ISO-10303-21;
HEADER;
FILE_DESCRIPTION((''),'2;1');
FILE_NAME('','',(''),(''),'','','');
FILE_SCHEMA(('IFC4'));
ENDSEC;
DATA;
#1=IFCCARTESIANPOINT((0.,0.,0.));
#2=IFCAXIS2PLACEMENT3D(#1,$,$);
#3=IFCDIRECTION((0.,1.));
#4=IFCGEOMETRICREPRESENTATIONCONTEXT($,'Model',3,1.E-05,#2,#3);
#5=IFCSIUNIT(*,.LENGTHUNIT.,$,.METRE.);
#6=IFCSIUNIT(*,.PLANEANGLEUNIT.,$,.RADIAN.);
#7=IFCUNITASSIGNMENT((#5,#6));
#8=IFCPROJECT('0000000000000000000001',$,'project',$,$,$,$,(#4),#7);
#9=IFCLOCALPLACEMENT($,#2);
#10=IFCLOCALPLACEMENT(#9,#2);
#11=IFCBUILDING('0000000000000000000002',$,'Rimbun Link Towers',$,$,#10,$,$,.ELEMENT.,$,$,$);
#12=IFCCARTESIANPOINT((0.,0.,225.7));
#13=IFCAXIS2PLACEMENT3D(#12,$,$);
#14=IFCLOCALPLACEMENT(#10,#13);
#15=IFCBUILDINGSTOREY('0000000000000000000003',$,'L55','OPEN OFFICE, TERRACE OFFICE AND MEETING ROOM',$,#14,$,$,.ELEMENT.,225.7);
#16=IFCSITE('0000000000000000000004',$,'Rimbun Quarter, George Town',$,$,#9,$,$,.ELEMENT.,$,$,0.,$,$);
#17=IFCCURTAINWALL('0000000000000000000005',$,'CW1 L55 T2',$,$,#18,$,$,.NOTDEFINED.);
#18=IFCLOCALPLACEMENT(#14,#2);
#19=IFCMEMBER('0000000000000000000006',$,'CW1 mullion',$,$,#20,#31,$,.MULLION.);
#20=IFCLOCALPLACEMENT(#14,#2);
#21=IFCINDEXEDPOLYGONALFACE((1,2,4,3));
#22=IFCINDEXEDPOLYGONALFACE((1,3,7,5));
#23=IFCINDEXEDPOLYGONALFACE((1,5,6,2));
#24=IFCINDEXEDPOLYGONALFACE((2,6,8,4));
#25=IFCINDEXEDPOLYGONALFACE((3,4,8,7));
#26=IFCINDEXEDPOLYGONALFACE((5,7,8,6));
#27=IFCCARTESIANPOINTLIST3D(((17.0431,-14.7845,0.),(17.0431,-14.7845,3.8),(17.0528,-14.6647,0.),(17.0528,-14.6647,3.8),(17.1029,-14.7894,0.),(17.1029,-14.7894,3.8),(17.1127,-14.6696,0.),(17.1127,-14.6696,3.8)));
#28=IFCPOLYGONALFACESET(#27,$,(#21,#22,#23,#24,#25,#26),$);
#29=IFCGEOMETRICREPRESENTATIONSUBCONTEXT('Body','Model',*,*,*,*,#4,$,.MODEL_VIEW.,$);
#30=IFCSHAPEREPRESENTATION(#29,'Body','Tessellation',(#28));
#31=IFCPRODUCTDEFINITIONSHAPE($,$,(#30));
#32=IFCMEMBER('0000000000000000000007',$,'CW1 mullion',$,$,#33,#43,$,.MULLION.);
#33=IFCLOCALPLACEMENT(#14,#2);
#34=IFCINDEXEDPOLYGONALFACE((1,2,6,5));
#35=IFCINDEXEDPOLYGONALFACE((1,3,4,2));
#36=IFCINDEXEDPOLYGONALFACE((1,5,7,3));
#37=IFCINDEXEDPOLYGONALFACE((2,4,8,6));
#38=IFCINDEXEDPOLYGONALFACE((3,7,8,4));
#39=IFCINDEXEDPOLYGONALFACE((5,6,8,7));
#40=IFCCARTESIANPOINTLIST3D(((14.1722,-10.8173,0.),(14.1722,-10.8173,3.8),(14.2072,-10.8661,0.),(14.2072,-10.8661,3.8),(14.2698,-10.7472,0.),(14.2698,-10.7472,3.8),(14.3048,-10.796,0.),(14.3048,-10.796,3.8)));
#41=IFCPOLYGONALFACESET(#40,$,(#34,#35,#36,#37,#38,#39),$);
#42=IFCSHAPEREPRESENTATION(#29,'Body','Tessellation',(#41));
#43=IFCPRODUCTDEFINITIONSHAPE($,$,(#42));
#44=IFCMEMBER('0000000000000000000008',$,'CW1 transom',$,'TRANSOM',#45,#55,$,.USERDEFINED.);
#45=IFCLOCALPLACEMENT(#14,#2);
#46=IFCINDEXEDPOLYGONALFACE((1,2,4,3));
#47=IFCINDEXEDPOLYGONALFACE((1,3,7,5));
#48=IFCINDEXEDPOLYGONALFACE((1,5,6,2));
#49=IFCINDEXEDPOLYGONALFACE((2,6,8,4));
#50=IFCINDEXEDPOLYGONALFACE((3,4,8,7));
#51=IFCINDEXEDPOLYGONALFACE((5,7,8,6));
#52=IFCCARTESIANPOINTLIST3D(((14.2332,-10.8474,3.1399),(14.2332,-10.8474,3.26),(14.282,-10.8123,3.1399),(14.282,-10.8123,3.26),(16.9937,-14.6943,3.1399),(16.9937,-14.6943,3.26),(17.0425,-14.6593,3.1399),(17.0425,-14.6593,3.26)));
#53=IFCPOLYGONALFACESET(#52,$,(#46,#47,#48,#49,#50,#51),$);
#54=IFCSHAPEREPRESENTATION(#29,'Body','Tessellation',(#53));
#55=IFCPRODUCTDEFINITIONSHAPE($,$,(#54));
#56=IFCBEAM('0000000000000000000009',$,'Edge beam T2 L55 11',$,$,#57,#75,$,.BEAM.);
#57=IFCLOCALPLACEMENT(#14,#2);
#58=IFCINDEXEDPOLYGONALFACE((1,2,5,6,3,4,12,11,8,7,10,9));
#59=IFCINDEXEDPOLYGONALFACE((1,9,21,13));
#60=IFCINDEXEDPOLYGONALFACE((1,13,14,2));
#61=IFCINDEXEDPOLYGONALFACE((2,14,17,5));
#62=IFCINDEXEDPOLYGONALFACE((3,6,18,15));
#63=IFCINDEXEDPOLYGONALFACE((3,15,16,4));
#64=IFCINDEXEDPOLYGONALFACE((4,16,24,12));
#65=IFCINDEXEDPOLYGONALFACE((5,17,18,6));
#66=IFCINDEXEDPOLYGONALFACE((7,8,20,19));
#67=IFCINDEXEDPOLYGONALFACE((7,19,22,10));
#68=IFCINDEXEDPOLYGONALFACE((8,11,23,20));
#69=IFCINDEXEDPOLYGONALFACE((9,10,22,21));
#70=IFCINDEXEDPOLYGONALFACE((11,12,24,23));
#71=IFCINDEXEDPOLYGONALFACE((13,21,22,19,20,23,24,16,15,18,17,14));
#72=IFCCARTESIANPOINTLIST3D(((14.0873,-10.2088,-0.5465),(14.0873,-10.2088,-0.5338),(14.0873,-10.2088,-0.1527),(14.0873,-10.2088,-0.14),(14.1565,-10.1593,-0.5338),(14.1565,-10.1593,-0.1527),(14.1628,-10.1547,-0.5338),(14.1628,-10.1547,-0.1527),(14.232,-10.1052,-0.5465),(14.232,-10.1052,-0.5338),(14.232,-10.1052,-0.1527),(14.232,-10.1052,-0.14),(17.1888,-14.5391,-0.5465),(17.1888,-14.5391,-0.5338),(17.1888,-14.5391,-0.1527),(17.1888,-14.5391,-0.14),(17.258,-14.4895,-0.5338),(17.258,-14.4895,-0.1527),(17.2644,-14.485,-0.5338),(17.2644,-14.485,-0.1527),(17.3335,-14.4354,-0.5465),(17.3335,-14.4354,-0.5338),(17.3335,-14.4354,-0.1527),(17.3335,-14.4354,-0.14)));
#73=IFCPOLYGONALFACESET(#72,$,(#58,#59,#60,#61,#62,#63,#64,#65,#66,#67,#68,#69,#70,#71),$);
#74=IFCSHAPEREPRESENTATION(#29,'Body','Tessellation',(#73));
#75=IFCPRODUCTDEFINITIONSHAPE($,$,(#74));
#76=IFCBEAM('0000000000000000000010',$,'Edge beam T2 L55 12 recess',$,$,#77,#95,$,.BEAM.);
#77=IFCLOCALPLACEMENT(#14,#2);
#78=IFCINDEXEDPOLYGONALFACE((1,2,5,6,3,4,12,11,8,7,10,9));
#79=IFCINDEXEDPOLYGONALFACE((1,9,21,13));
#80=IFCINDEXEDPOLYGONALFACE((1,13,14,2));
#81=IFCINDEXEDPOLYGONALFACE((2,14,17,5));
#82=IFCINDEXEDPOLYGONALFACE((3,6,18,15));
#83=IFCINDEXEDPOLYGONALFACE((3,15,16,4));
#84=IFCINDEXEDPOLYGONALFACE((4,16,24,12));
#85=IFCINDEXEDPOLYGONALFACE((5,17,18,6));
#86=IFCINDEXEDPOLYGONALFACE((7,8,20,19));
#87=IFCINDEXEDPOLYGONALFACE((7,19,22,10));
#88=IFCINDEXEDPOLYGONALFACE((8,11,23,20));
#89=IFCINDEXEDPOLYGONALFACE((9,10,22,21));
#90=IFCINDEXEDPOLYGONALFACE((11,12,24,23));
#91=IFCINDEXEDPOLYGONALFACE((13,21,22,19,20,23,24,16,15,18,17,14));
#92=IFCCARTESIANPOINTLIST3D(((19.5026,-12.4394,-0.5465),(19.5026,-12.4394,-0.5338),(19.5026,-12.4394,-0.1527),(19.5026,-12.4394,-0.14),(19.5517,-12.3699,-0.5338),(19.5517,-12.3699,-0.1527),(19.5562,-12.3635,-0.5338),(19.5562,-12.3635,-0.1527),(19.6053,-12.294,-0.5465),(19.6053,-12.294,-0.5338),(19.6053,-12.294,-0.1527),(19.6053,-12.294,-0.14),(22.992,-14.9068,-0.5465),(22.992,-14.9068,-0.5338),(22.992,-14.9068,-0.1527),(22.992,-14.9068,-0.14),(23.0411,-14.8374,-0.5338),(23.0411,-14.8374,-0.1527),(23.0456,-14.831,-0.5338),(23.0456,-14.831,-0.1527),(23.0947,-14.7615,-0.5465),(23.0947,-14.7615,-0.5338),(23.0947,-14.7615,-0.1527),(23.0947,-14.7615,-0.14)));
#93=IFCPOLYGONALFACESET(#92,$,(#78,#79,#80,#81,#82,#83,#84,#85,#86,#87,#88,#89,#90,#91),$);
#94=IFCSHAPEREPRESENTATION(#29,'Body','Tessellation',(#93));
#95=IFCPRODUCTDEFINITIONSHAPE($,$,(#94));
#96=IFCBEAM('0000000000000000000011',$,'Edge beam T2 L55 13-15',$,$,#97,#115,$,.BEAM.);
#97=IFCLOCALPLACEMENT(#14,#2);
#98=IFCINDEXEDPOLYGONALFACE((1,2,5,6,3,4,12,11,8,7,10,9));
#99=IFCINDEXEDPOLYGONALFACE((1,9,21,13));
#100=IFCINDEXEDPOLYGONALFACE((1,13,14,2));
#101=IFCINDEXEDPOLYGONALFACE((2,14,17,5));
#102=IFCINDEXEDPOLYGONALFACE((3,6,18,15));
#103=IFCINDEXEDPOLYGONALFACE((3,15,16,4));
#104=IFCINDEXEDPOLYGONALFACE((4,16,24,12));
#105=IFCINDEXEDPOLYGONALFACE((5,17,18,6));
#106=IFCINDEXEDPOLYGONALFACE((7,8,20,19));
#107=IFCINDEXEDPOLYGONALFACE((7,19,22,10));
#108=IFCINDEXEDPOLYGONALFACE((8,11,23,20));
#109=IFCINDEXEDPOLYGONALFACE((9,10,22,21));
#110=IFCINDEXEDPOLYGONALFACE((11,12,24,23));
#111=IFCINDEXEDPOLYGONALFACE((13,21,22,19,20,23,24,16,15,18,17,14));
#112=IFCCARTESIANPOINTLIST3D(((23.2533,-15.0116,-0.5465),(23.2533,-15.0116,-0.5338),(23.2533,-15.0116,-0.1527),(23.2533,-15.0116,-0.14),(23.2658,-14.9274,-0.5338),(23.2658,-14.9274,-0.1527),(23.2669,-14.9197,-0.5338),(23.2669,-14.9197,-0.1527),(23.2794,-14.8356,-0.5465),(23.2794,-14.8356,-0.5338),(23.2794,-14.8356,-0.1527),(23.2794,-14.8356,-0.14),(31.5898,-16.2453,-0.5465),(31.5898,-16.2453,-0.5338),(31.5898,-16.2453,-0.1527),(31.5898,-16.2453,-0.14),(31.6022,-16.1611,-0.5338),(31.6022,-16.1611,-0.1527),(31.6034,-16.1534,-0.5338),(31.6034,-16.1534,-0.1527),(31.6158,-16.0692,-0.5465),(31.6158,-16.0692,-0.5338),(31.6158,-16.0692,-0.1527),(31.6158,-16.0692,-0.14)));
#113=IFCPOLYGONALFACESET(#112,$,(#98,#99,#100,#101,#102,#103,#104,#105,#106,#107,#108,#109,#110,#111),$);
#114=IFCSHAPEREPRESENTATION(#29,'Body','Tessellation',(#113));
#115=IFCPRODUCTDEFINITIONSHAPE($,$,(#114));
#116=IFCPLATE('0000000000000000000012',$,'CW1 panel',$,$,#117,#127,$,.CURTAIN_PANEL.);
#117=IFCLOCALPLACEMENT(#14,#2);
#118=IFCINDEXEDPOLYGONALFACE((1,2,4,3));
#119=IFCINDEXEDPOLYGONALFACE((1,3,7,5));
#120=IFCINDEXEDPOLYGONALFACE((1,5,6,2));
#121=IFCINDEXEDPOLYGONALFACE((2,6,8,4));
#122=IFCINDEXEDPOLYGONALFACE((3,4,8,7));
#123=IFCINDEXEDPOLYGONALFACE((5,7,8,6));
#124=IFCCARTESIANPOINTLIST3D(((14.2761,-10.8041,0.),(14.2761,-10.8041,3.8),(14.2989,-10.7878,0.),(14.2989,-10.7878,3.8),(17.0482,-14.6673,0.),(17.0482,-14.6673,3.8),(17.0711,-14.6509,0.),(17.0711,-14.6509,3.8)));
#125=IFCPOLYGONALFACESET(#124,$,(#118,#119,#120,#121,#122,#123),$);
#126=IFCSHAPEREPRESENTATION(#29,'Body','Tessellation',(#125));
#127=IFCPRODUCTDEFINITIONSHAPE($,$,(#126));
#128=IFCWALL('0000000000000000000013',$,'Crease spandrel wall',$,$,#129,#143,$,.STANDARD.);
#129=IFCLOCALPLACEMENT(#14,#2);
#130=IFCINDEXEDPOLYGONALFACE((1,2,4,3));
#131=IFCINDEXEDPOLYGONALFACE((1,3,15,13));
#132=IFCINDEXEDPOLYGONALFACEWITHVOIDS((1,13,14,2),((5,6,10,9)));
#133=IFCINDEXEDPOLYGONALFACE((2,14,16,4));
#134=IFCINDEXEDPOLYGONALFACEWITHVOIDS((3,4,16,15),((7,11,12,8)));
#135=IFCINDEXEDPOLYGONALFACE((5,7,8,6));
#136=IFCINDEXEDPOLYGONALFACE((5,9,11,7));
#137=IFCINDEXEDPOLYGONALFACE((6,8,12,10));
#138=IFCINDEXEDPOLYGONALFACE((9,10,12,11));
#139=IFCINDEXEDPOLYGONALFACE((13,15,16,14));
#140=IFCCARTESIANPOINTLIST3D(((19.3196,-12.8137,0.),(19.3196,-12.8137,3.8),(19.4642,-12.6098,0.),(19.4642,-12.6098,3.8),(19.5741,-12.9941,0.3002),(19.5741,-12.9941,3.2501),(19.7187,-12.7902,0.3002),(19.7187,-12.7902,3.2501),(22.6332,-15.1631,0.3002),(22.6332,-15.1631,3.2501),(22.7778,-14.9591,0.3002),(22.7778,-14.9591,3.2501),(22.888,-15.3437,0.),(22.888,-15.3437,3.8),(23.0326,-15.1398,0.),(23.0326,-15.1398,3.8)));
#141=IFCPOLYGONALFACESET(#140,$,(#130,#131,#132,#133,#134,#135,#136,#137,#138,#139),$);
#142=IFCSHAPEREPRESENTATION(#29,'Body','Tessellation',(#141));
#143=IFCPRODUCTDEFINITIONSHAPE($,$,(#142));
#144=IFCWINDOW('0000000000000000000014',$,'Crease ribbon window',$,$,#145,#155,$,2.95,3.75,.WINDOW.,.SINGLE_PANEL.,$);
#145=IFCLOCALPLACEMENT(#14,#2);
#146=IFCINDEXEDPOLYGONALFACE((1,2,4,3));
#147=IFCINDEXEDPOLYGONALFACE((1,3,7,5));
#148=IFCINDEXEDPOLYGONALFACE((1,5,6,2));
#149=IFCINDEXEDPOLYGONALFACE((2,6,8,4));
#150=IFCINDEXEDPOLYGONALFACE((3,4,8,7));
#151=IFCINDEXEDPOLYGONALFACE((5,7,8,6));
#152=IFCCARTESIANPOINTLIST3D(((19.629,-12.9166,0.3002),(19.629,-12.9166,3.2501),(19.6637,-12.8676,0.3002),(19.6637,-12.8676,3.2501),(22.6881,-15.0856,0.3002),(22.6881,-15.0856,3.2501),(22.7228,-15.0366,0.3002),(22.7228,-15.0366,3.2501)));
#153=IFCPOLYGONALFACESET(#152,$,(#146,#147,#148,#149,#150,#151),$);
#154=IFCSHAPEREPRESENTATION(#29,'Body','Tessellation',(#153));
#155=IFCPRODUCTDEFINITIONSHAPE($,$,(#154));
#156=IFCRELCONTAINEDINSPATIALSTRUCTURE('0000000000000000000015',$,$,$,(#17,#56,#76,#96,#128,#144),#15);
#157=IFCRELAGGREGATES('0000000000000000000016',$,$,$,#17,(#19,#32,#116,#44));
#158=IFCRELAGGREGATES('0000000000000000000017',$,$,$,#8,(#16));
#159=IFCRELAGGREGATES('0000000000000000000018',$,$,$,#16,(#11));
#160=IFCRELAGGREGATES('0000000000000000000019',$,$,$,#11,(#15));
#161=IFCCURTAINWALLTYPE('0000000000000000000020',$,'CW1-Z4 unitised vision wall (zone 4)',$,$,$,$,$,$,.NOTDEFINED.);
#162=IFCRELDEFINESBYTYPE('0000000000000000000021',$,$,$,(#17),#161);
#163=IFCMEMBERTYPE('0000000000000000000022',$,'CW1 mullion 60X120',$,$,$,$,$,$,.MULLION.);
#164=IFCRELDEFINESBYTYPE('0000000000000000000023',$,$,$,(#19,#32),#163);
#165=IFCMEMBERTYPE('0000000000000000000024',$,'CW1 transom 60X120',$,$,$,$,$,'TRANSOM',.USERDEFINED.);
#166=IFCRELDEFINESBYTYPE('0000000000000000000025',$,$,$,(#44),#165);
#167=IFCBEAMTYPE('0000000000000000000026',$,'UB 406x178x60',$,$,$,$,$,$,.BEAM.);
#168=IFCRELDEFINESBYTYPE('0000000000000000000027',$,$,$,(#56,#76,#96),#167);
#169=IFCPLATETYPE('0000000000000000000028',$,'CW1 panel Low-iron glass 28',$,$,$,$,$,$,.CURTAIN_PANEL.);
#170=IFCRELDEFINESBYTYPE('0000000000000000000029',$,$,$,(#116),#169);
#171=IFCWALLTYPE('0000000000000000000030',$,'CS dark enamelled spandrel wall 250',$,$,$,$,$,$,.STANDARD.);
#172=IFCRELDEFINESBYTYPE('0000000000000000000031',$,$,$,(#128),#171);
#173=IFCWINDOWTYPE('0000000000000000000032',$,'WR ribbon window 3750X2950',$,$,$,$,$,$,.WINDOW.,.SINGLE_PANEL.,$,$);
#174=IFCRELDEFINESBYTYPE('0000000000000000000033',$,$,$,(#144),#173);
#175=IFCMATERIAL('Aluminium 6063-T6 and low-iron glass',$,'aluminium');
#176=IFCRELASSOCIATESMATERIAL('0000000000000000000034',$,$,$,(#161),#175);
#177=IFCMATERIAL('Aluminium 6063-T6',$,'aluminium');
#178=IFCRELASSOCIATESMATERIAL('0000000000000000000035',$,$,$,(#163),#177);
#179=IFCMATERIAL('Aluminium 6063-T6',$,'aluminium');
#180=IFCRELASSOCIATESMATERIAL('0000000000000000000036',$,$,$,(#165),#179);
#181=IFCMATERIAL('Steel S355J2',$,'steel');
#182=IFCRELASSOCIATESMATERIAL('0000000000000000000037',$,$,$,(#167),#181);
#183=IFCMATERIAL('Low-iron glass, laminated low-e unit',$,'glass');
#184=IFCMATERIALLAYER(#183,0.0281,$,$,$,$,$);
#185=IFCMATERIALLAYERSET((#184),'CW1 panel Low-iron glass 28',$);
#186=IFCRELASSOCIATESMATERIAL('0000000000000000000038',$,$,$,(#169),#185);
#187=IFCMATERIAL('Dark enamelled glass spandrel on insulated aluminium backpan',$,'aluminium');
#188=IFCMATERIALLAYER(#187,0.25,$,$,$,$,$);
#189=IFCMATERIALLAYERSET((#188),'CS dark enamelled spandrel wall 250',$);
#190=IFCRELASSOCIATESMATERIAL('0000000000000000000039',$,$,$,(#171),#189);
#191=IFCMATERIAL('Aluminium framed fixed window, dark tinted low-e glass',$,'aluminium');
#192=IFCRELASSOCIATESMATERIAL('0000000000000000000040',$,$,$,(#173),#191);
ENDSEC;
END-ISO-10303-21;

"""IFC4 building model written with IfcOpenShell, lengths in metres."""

from ifc_helpers import new_model, si_unit, direction, frame, frame_2d, origin, origin_2d, place, context, subcontext, project, spatial, rectangle, i_section, extrude, material, layer, layer_set, material_profile, profile_set, type_object, element, fill, aggregate, save


model = new_model("IFC4")

# Units and contexts
model_context = context("Model", 3, precision=1e-05, world=origin(), true_north=direction((0.0, 1.0)))
body_context = subcontext(model_context, "Body", "Model", "MODEL_VIEW")
ifc_project = project(units=[si_unit("LENGTHUNIT", "METRE"), si_unit("PLANEANGLEUNIT", "RADIAN")], contexts=[model_context])

# Site, building, storey
site_placement = place(None, origin())
site = spatial("IfcSite", under=ifc_project, at=site_placement, Name="Rimbun Quarter, George Town", CompositionType="ELEMENT", RefElevation=0.0)
building_placement = place(site_placement, origin())
building = spatial("IfcBuilding", under=site, at=building_placement, Name="Rimbun Link Towers", CompositionType="ELEMENT")
storey_placement = place(building_placement, frame((0.0, 0.0, 225.7)))
storey = spatial("IfcBuildingStorey", under=building, at=storey_placement, Name="L55", Description="OPEN OFFICE, TERRACE OFFICE AND MEETING ROOM", CompositionType="ELEMENT", Elevation=225.7)

# Curtain wall, members
ifc_material_1 = material(Name="Aluminium 6063-T6 and low-iron glass", Category="aluminium")
curtain_wall_type = type_object("IfcCurtainWallType", Name="CW1-Z4 unitised vision wall (zone 4)", PredefinedType="NOTDEFINED", material=ifc_material_1)
curtain_wall_placement = place(storey_placement, origin())
curtain_wall = element("IfcCurtainWall", 1, at=curtain_wall_placement, inside=storey, type_object=curtain_wall_type, Name="CW1 L55 T2", PredefinedType="NOTDEFINED")
ifc_material_2 = material(Name="Aluminium 6063-T6", Category="aluminium")
ifc_material_profile_1 = material_profile(ifc_material_2, rectangle(XDim=0.1201, YDim=0.0601, at=origin_2d()), Name="MULLION 60X120")
ifc_profile_set_1 = profile_set([ifc_material_profile_1], Name="Aluminium 6063-T6")
member_type_1 = type_object("IfcMemberType", Name="CW1 mullion 60X120", PredefinedType="MULLION", material=ifc_profile_set_1)
member_1_placement = place(storey_placement, frame((17.0779, -14.7271, 0.0), z_axis=(0.0, 0.0, 1.0), x_axis=(-0.081395, -0.996682, 0.0)))
member_1 = element("IfcMember", 2, at=member_1_placement, type_object=member_type_1, Name="CW1 mullion", PredefinedType="MULLION", context=body_context, shape_type="SweptSolid", body=[
    extrude(rectangle(XDim=0.1201, YDim=0.0601, at=origin_2d()), origin(), (0.0, 0.0, 1.0), 3.8),
])
member_2_placement = place(storey_placement, frame((14.2385, -10.8066, 0.0), z_axis=(0.0, 0.0, 1.0), x_axis=(-0.812465, -0.583009, 0.0)))
member_2 = element("IfcMember", 3, at=member_2_placement, type_object=member_type_1, Name="CW1 mullion", PredefinedType="MULLION", context=body_context, shape_type="SweptSolid", body=[
    extrude(rectangle(XDim=0.1201, YDim=0.0601, at=origin_2d()), origin(), (0.0, 0.0, 1.0), 3.8),
])
ifc_material_3 = material(Name="Aluminium 6063-T6", Category="aluminium")
ifc_material_profile_2 = material_profile(ifc_material_3, rectangle(XDim=0.0601, YDim=0.1201, at=origin_2d()), Name="TRANSOM 60X120")
ifc_profile_set_2 = profile_set([ifc_material_profile_2], Name="Aluminium 6063-T6")
member_type_2 = type_object("IfcMemberType", Name="CW1 transom 60X120", ElementType="TRANSOM", PredefinedType="USERDEFINED", material=ifc_profile_set_2)
member_3_placement = place(storey_placement, frame((17.0181, -14.6768, 3.2), z_axis=(-0.583012, 0.812463, 0.0), x_axis=(-0.812463, -0.583012, 0.0)))
member_3 = element("IfcMember", 4, at=member_3_placement, type_object=member_type_2, Name="CW1 transom", ObjectType="TRANSOM", PredefinedType="USERDEFINED", context=body_context, shape_type="SweptSolid", body=[
    extrude(rectangle(XDim=0.0601, YDim=0.1201, at=origin_2d()), origin(), (0.0, 0.0, 1.0), 4.7349),
])

# Beams
ifc_material_4 = material(Name="Steel S355J2", Category="steel")
ifc_material_profile_3 = material_profile(ifc_material_4, i_section(OverallWidth=0.178, OverallDepth=0.4065, WebThickness=0.0078, FlangeThickness=0.0127, at=origin_2d()), Name="UB 406x178x60")
ifc_profile_set_3 = profile_set([ifc_material_profile_3], Name="Steel S355J2")
beam_type = type_object("IfcBeamType", Name="UB 406x178x60", PredefinedType="BEAM", material=ifc_profile_set_3)
beam_1_placement = place(storey_placement, frame((14.1597, -10.157, -0.3433), z_axis=(0.582291, -0.81298, 0.0), x_axis=(0.81298, 0.582291, 0.0)))
element("IfcBeam", 5, at=beam_1_placement, inside=storey, type_object=beam_type, Name="Edge beam T2 L55 11", PredefinedType="BEAM", context=body_context, shape_type="SweptSolid", body=[
    extrude(i_section(OverallWidth=0.178, OverallDepth=0.4065, WebThickness=0.0078, FlangeThickness=0.0127, at=origin_2d()), origin(), (0.0, 0.0, 1.0), 5.3264),
])
beam_2_placement = place(storey_placement, frame((19.554, -12.3667, -0.3433), z_axis=(0.816488, -0.577363, 0.0), x_axis=(0.577363, 0.816488, 0.0)))
element("IfcBeam", 6, at=beam_2_placement, inside=storey, type_object=beam_type, Name="Edge beam T2 L55 12 recess", PredefinedType="BEAM", context=body_context, shape_type="SweptSolid", body=[
    extrude(i_section(OverallWidth=0.178, OverallDepth=0.4065, WebThickness=0.0078, FlangeThickness=0.0127, at=origin_2d()), origin(), (0.0, 0.0, 1.0), 4.2737),
])
beam_3_placement = place(storey_placement, frame((23.2664, -14.9236, -0.3433), z_axis=(0.989227, -0.146388, 0.0), x_axis=(0.146388, 0.989227, 0.0)))
element("IfcBeam", 7, at=beam_3_placement, inside=storey, type_object=beam_type, Name="Edge beam T2 L55 13-15", PredefinedType="BEAM", context=body_context, shape_type="SweptSolid", body=[
    extrude(i_section(OverallWidth=0.178, OverallDepth=0.4065, WebThickness=0.0078, FlangeThickness=0.0127, at=origin_2d()), origin(), (0.0, 0.0, 1.0), 8.4272),
])

# Plate
ifc_material_5 = material(Name="Low-iron glass, laminated low-e unit", Category="glass")
ifc_layer_1 = layer(ifc_material_5, 0.0281)
ifc_layer_set_1 = layer_set([ifc_layer_1], Name="CW1 panel Low-iron glass 28")
plate_type = type_object("IfcPlateType", Name="CW1 panel Low-iron glass 28", PredefinedType="CURTAIN_PANEL", material=ifc_layer_set_1)
plate_placement = place(storey_placement, frame((15.6736, -12.7275, 0.0), z_axis=(0.0, 0.0, 1.0), x_axis=(-0.583009, 0.812465, 0.0)))
plate = element("IfcPlate", 8, at=plate_placement, type_object=plate_type, Name="CW1 panel", PredefinedType="CURTAIN_PANEL", context=body_context, shape_type="SweptSolid", body=[
    extrude(rectangle(XDim=4.7549, YDim=0.0281, at=origin_2d()), origin(), (0.0, 0.0, 1.0), 3.8),
])
aggregate(curtain_wall, [member_1, member_2, plate, member_3])

# Wall, opening, window
ifc_material_6 = material(Name="Dark enamelled glass spandrel on insulated aluminium backpan", Category="aluminium")
ifc_layer_2 = layer(ifc_material_6, 0.25)
ifc_layer_set_2 = layer_set([ifc_layer_2], Name="CS dark enamelled spandrel wall 250")
wall_type_1 = type_object("IfcWallType", Name="CS dark enamelled spandrel wall 250", PredefinedType="STANDARD", material=ifc_layer_set_2)
wall_1_placement = place(storey_placement, frame((22.9602, -15.2417, 0.0), z_axis=(0.0, 0.0, 1.0), x_axis=(-0.815761, 0.578389, 0.0)))
wall_1 = element("IfcWall", 9, at=wall_1_placement, inside=storey, type_object=wall_type_1, Name="Crease spandrel wall", PredefinedType="STANDARD", context=body_context, shape_type="SweptSolid", body=[
    extrude(rectangle(XDim=4.3743, YDim=0.25, at=frame_2d((2.187, 0.0))), origin(), (0.0, 0.0, 1.0), 3.8),
])
opening_1_placement = place(wall_1_placement, frame((0.3123, 0.0, 0.3)))
opening_1 = element("IfcOpeningElement", 10, at=opening_1_placement, cuts=wall_1, PredefinedType="OPENING", context=body_context, shape_type="SweptSolid", body=[
    extrude(rectangle(XDim=3.75, YDim=2.95, at=frame_2d((1.875, 1.4751))), frame((0.0, 0.135, 0.0), z_axis=(0.0, -1.0, 0.0), x_axis=(1.0, 0.0, 0.0)), (0.0, 0.0, 1.0), 0.27),
])
ifc_material_7 = material(Name="Aluminium framed fixed window, dark tinted low-e glass", Category="aluminium")
window_type_1 = type_object("IfcWindowType", Name="WR ribbon window 3750X2950", PartitioningType="SINGLE_PANEL", PredefinedType="WINDOW", material=ifc_material_7)
window_1_placement = place(opening_1_placement, origin())
window_1 = element("IfcWindow", 11, at=window_1_placement, inside=storey, type_object=window_type_1, Name="Crease ribbon window", OverallHeight=2.95, OverallWidth=3.75, PartitioningType="SINGLE_PANEL", PredefinedType="WINDOW", context=body_context, shape_type="SweptSolid", body=[
    extrude(rectangle(XDim=3.75, YDim=2.95, at=frame_2d((1.875, 1.4751))), frame((0.0, 0.03, 0.0), z_axis=(0.0, -1.0, 0.0), x_axis=(1.0, 0.0, 0.0)), (0.0, 0.0, 1.0), 0.0601),
])
fill(opening_1, window_1)

save(model, "model.ifc")
